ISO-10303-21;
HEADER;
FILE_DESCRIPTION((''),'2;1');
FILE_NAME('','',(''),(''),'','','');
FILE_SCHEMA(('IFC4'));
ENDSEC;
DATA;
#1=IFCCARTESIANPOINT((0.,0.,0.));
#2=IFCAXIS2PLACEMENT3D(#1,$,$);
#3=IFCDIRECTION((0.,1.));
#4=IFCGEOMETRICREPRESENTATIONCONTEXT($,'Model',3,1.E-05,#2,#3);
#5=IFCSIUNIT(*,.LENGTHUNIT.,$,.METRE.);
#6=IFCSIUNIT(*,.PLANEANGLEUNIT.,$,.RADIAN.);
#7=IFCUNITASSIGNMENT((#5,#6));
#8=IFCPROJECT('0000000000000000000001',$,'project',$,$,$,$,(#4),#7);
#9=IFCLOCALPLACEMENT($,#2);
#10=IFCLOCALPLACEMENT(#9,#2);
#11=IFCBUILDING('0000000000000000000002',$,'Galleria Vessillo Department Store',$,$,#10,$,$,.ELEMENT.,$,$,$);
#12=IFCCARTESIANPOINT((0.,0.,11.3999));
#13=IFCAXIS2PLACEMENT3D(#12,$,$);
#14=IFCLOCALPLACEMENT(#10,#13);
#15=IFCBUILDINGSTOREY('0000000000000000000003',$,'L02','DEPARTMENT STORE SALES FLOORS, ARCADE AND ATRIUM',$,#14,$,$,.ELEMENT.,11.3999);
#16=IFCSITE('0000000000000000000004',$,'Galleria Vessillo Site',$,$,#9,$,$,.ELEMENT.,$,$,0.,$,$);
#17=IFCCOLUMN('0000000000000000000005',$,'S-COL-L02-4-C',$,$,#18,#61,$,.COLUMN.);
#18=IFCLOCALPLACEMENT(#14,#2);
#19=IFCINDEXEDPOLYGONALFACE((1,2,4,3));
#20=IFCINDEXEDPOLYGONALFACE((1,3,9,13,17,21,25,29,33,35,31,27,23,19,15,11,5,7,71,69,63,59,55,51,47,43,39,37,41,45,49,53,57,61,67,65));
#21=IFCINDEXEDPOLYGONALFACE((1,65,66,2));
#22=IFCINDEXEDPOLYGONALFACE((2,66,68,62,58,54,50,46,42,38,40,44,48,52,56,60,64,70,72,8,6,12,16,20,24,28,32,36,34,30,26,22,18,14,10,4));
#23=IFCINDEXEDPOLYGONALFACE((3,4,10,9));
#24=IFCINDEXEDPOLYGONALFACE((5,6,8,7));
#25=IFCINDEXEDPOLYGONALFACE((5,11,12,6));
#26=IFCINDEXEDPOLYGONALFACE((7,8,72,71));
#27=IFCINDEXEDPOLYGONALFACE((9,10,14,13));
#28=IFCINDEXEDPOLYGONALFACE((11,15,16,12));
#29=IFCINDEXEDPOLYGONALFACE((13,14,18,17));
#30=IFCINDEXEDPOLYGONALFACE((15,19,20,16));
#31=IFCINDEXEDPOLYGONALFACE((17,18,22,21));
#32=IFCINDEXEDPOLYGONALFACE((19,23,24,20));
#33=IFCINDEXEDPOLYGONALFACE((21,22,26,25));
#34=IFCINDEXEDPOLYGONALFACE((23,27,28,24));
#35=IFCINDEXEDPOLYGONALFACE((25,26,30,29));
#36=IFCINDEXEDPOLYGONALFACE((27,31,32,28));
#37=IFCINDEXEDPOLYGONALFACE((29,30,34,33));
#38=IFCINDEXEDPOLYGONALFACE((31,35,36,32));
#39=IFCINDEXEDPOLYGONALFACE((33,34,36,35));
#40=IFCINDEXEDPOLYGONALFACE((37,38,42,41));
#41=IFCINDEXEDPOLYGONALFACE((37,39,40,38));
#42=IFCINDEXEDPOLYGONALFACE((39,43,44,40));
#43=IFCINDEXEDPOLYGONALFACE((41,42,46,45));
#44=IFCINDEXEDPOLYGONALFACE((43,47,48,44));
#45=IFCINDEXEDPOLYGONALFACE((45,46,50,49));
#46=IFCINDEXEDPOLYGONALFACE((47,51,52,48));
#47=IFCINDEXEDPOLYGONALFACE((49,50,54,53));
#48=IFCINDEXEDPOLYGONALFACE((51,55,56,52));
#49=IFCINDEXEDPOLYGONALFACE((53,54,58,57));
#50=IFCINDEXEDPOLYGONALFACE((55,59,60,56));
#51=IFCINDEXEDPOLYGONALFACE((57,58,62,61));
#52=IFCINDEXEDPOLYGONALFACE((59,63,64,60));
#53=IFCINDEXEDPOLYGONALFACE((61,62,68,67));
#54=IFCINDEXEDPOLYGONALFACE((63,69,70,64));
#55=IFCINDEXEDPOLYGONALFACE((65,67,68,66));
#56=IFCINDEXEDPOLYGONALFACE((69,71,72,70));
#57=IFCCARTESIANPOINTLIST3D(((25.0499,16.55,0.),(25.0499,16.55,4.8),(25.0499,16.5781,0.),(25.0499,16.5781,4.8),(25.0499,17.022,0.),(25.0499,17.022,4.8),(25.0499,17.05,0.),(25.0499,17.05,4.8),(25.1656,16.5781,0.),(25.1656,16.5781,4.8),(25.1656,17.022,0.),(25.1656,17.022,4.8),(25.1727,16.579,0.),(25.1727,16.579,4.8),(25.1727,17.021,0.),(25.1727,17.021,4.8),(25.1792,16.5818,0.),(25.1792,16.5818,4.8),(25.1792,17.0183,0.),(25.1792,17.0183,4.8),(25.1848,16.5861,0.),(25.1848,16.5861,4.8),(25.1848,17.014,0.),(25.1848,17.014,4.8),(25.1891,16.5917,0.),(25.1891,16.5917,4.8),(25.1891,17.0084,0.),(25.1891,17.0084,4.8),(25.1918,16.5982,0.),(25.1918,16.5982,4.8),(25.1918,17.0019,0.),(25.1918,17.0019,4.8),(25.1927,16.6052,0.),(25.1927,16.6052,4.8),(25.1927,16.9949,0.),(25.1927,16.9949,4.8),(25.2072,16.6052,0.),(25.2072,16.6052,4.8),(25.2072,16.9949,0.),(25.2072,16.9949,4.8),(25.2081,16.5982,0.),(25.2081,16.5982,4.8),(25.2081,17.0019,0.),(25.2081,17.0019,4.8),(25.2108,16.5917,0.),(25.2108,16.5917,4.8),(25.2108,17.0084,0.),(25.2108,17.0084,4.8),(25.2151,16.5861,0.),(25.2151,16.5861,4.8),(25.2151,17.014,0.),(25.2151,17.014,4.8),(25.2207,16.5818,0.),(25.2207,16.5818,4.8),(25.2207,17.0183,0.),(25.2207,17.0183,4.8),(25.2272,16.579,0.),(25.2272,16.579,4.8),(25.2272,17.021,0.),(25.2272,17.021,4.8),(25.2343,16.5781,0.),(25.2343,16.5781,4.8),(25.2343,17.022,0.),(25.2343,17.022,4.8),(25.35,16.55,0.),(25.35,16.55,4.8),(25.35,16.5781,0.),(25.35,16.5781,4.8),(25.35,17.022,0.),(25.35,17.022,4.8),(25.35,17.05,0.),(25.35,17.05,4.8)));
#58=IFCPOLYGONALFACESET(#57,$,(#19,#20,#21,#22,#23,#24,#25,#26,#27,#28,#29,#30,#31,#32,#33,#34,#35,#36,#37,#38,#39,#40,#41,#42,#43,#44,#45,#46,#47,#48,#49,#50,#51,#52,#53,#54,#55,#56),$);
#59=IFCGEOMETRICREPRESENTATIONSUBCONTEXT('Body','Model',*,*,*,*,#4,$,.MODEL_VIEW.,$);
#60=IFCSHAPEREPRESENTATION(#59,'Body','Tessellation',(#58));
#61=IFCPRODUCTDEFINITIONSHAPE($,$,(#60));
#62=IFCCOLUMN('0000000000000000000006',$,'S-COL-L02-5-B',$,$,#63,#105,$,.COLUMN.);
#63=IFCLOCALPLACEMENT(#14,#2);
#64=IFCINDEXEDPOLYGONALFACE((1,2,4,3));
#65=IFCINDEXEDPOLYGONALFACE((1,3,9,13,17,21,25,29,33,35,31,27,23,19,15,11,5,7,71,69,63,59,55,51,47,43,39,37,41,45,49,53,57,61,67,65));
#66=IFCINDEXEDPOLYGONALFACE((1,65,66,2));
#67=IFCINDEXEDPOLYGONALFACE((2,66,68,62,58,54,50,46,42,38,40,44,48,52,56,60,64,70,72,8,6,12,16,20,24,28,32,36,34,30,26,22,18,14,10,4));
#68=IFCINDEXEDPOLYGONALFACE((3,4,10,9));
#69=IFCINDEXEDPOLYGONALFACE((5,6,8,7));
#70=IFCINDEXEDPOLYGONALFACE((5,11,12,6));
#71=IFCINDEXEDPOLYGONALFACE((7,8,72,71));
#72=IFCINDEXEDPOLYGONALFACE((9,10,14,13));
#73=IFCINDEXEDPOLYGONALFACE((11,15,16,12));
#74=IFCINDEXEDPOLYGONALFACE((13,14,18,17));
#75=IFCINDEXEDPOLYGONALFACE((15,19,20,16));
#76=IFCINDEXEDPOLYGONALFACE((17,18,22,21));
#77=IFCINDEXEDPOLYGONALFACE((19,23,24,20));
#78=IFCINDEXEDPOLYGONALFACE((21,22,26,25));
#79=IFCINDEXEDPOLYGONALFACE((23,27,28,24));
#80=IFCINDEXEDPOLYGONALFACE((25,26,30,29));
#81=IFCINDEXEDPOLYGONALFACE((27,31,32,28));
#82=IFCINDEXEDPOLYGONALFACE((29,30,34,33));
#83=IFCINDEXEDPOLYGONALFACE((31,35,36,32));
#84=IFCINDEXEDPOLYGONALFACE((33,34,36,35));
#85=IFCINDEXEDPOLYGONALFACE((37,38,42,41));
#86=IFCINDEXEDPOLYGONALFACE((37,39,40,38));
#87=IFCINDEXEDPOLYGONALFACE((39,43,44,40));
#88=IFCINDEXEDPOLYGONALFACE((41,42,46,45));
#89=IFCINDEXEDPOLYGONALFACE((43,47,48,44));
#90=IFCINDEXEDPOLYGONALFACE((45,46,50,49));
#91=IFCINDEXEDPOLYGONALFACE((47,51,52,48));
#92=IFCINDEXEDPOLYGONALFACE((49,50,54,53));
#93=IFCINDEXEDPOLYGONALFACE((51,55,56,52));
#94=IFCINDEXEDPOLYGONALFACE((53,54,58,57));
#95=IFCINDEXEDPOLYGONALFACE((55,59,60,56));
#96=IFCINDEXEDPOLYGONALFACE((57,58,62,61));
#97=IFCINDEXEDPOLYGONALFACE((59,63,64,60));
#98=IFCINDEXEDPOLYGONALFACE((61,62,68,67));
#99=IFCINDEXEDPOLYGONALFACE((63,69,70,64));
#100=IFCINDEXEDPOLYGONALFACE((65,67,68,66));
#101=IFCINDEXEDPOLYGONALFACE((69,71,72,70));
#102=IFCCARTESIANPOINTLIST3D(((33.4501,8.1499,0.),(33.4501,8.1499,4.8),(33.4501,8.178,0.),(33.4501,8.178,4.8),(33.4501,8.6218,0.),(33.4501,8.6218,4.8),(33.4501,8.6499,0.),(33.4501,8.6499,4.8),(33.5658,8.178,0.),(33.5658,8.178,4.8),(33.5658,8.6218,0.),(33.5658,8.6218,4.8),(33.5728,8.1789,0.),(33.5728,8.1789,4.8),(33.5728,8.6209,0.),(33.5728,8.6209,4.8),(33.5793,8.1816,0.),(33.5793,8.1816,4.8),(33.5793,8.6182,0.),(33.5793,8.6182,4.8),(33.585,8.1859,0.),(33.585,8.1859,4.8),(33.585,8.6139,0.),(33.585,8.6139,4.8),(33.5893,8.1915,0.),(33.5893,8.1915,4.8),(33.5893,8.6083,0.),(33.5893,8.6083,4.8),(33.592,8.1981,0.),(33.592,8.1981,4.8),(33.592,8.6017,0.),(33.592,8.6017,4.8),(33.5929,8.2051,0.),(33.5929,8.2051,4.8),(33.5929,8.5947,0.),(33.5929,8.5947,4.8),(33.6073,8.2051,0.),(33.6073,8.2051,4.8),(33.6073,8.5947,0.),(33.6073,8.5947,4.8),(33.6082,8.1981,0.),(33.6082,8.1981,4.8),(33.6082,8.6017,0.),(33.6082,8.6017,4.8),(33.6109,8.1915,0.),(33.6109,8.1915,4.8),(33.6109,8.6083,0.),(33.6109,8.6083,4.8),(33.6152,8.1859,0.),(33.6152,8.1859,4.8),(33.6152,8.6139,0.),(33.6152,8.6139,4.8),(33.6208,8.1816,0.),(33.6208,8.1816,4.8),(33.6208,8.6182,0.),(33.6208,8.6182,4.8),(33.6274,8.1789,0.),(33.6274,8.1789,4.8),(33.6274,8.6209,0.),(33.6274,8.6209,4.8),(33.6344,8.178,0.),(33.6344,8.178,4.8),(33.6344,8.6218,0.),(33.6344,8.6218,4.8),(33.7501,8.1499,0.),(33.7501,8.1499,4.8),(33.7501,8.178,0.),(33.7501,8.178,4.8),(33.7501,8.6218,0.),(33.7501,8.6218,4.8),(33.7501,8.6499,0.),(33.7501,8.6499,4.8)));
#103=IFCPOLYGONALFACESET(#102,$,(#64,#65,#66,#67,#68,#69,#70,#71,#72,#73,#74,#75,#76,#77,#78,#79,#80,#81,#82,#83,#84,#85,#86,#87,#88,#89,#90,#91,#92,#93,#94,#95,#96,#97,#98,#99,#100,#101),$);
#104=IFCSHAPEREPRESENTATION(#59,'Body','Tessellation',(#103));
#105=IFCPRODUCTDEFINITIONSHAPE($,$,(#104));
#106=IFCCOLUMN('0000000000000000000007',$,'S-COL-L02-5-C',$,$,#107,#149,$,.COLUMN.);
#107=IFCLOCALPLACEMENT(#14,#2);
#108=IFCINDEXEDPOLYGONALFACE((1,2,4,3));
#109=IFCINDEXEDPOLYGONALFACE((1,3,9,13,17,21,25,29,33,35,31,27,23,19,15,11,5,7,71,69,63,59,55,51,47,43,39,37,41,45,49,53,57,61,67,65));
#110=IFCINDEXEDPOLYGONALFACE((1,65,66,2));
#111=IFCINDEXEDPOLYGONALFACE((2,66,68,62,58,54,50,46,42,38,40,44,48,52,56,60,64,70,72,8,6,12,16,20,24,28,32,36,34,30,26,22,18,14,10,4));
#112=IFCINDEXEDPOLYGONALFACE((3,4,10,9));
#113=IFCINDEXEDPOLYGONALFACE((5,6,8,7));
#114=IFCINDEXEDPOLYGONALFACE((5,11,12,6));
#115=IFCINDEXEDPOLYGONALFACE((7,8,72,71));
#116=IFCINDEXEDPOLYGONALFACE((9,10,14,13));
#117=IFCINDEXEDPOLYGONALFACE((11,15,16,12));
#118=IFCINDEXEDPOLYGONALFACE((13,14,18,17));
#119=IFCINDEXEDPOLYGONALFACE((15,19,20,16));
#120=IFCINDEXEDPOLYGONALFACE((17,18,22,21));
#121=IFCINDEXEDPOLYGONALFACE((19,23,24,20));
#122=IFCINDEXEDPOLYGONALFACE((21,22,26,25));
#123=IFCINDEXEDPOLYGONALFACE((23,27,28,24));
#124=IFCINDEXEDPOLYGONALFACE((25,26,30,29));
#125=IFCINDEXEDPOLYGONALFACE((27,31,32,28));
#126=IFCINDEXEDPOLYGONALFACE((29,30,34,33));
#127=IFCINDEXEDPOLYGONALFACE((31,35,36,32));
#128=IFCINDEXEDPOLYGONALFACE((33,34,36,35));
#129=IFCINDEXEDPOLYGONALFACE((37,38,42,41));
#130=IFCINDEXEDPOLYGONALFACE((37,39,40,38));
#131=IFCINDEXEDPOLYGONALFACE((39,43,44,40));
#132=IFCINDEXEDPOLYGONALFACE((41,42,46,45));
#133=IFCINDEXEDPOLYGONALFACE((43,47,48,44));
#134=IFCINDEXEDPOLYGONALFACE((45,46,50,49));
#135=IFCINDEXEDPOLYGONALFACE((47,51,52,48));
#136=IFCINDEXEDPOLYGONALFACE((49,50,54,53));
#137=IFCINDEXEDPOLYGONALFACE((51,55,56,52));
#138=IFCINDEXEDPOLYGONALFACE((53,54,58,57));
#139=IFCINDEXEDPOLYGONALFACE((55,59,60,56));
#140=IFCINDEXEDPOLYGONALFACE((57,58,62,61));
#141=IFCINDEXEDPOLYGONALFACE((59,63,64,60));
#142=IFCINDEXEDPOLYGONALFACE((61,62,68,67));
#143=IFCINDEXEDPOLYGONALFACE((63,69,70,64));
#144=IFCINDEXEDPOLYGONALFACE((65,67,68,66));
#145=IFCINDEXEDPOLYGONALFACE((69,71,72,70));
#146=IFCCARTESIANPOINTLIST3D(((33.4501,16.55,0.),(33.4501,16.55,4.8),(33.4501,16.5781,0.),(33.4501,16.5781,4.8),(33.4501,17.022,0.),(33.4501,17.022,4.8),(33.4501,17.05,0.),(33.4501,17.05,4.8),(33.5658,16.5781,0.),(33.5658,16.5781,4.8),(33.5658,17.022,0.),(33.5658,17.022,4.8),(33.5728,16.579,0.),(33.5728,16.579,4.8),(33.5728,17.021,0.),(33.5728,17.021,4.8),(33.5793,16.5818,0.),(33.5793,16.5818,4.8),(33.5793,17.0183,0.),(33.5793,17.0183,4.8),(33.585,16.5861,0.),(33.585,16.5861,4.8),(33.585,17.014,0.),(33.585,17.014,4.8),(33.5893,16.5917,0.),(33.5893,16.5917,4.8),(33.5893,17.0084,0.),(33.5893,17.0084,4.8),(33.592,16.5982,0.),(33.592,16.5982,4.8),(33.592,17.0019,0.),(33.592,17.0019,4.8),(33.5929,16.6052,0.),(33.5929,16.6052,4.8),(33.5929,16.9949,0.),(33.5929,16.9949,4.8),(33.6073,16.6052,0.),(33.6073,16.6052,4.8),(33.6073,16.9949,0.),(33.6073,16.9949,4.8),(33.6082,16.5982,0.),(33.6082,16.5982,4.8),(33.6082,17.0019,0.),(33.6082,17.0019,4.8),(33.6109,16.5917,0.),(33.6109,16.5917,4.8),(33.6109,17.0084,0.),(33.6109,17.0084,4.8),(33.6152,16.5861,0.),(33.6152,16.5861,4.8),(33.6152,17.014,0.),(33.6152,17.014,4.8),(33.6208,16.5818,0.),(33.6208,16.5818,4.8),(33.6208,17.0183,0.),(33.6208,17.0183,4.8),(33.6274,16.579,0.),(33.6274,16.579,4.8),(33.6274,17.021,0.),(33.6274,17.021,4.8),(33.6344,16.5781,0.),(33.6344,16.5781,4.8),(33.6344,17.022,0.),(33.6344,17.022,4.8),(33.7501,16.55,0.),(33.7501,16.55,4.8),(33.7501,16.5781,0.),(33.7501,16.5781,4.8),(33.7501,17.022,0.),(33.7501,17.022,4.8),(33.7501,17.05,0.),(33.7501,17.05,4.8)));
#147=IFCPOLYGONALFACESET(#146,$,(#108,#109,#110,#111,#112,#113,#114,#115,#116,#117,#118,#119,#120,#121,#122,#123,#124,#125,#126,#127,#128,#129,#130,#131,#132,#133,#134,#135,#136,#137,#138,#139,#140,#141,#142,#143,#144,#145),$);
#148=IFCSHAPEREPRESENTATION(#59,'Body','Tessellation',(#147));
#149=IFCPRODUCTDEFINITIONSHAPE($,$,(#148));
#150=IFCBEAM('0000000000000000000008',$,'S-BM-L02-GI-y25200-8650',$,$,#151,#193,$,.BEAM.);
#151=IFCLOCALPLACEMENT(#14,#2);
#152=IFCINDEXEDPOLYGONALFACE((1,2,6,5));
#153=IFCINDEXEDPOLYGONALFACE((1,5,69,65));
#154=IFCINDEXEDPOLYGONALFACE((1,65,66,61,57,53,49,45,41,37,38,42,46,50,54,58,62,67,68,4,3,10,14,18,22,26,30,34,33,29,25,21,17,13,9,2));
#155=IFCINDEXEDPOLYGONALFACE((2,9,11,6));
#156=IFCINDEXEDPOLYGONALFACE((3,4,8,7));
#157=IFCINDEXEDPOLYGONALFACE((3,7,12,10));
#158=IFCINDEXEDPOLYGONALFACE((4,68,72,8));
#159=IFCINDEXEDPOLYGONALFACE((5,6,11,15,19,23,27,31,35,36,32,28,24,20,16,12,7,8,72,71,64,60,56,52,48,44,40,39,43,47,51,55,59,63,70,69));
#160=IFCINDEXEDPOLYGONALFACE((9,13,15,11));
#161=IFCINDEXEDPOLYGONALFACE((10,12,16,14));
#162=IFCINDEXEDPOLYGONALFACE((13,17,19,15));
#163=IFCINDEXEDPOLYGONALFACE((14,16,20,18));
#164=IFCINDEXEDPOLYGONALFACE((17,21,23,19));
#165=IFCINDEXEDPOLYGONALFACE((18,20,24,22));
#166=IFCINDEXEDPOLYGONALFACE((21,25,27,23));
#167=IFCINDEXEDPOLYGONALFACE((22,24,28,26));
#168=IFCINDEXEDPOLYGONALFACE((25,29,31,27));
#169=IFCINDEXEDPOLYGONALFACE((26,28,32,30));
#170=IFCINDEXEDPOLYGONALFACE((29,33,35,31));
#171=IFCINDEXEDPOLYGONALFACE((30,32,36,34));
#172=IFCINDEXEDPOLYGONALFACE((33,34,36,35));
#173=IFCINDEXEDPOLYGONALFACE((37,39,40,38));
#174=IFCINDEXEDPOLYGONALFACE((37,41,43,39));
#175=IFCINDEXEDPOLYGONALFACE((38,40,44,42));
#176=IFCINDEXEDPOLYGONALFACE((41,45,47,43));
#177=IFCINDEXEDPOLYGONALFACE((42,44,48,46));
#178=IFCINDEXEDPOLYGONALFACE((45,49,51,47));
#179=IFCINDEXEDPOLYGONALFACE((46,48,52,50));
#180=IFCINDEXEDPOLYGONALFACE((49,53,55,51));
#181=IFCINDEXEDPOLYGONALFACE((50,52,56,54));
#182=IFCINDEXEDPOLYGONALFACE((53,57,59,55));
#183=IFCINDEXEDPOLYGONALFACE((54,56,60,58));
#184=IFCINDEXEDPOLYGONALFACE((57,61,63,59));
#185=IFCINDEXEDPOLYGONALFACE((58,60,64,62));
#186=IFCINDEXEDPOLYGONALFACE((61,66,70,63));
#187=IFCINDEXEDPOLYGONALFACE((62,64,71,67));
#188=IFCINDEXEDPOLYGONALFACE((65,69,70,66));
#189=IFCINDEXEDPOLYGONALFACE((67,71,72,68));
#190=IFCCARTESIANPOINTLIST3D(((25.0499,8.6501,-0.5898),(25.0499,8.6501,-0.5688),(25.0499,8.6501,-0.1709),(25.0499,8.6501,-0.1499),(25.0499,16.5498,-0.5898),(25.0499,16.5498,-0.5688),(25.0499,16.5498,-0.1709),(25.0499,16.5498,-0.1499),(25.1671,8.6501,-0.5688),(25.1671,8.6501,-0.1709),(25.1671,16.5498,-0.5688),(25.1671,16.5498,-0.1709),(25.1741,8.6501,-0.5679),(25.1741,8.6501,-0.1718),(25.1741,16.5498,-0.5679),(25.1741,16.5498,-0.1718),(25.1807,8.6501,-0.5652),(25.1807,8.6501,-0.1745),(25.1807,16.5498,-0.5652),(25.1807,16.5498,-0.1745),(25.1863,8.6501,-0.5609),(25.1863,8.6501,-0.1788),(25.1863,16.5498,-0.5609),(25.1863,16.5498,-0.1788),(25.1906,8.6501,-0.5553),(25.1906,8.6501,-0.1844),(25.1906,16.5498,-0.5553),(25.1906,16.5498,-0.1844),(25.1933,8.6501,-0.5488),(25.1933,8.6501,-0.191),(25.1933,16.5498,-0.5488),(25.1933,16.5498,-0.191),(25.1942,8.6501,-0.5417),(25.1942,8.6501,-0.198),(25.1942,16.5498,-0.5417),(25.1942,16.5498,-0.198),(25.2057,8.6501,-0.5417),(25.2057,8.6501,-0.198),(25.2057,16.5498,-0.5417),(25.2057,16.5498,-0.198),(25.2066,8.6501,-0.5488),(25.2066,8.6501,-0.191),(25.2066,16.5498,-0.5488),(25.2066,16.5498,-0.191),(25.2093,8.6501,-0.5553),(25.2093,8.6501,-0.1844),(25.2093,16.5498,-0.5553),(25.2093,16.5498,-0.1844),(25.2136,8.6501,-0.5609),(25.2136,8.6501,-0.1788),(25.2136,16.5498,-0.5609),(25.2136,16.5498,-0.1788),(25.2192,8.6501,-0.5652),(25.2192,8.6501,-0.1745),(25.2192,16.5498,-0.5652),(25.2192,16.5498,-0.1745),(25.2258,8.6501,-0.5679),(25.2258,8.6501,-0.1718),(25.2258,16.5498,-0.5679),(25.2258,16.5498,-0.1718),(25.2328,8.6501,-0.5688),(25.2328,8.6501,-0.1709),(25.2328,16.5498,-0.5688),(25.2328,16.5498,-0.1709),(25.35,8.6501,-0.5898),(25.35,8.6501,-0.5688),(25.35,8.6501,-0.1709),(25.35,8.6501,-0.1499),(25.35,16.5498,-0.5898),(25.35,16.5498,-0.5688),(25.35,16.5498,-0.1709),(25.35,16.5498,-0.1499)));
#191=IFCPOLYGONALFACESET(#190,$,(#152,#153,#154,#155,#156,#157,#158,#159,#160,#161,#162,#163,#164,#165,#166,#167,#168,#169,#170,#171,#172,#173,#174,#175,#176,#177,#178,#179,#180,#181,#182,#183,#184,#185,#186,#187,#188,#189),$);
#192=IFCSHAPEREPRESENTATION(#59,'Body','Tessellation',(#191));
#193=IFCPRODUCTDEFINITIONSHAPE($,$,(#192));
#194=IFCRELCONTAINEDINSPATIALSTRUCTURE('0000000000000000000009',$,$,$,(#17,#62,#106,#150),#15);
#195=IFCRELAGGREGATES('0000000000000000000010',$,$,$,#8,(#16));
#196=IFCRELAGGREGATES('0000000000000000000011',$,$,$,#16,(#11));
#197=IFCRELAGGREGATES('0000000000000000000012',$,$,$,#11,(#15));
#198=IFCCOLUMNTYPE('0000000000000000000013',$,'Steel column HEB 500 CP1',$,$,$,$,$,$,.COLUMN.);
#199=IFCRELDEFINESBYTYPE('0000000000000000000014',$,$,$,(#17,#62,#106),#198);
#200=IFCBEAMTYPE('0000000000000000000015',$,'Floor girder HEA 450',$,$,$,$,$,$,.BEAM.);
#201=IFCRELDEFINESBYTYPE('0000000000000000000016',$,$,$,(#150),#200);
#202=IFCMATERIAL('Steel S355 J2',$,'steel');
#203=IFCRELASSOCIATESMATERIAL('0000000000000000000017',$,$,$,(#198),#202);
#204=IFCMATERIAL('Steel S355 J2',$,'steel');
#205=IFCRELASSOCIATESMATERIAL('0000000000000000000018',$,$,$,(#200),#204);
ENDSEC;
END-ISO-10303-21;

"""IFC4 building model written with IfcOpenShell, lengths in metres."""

from ifc_helpers import new_model, si_unit, direction, frame, origin, origin_2d, place, context, subcontext, project, spatial, i_section, extrude, material, material_profile, profile_set, type_object, element, save


model = new_model("IFC4")

# Units and contexts
model_context = context("Model", 3, precision=1e-05, world=origin(), true_north=direction((0.0, 1.0)))
body_context = subcontext(model_context, "Body", "Model", "MODEL_VIEW")
ifc_project = project(units=[si_unit("LENGTHUNIT", "METRE"), si_unit("PLANEANGLEUNIT", "RADIAN")], contexts=[model_context])

# Site, building, storey
site_placement = place(None, origin())
site = spatial("IfcSite", under=ifc_project, at=site_placement, Name="Galleria Vessillo Site", CompositionType="ELEMENT", RefElevation=0.0)
building_placement = place(site_placement, origin())
building = spatial("IfcBuilding", under=site, at=building_placement, Name="Galleria Vessillo Department Store", CompositionType="ELEMENT")
storey_placement = place(building_placement, frame((0.0, 0.0, 11.3999)))
storey = spatial("IfcBuildingStorey", under=building, at=storey_placement, Name="L02", Description="DEPARTMENT STORE SALES FLOORS, ARCADE AND ATRIUM", CompositionType="ELEMENT", Elevation=11.3999)

# Columns
ifc_material_1 = material(Name="Steel S355 J2", Category="steel")
ifc_material_profile_1 = material_profile(ifc_material_1, i_section(OverallWidth=0.3, OverallDepth=0.5, WebThickness=0.0144, FlangeThickness=0.0281, FilletRadius=0.0271, at=origin_2d()), Name="HEB 500")
ifc_profile_set_1 = profile_set([ifc_material_profile_1], Name="Steel S355 J2")
column_type = type_object("IfcColumnType", Name="Steel column HEB 500 CP1", PredefinedType="COLUMN", material=ifc_profile_set_1)
for number, where, z_axis, x_axis, name in (
    (1, (25.2, 16.8, 0.0), (0.0, 0.0, 1.0), (1.0, 0.0, 0.0), "S-COL-L02-4-C"),
    (2, (33.6001, 8.3999, 0.0), (0.0, 0.0, 1.0), (1.0, 0.0, 0.0), "S-COL-L02-5-B"),
    (3, (33.6001, 16.8, 0.0), (0.0, 0.0, 1.0), (1.0, 0.0, 0.0), "S-COL-L02-5-C"),
):
    element("IfcColumn", number, at=place(storey_placement, frame(where, z_axis=z_axis, x_axis=x_axis)), inside=storey, type_object=column_type, Name=name, PredefinedType="COLUMN", context=body_context, shape_type="SweptSolid", body=[
        extrude(i_section(OverallWidth=0.3, OverallDepth=0.5, WebThickness=0.0144, FlangeThickness=0.0281, FilletRadius=0.0271, at=origin_2d()), origin(), (0.0, 0.0, 1.0), 4.8),
    ])

# Beam
ifc_material_2 = material(Name="Steel S355 J2", Category="steel")
ifc_material_profile_2 = material_profile(ifc_material_2, i_section(OverallWidth=0.3, OverallDepth=0.4399, WebThickness=0.0115, FlangeThickness=0.021, FilletRadius=0.0271, at=origin_2d()), Name="HEA 450")
ifc_profile_set_2 = profile_set([ifc_material_profile_2], Name="Steel S355 J2")
beam_type_1 = type_object("IfcBeamType", Name="Floor girder HEA 450", PredefinedType="BEAM", material=ifc_profile_set_2)
beam_1_placement = place(storey_placement, frame((25.2, 8.6501, -0.3699), z_axis=(0.0, 1.0, 0.0), x_axis=(-1.0, 0.0, 0.0)))
element("IfcBeam", 4, at=beam_1_placement, inside=storey, type_object=beam_type_1, Name="S-BM-L02-GI-y25200-8650", PredefinedType="BEAM", context=body_context, shape_type="SweptSolid", body=[
    extrude(i_section(OverallWidth=0.3, OverallDepth=0.4399, WebThickness=0.0115, FlangeThickness=0.021, FilletRadius=0.0271, at=origin_2d()), origin(), (0.0, 0.0, 1.0), 7.8997),
])

save(model, "model.ifc")
